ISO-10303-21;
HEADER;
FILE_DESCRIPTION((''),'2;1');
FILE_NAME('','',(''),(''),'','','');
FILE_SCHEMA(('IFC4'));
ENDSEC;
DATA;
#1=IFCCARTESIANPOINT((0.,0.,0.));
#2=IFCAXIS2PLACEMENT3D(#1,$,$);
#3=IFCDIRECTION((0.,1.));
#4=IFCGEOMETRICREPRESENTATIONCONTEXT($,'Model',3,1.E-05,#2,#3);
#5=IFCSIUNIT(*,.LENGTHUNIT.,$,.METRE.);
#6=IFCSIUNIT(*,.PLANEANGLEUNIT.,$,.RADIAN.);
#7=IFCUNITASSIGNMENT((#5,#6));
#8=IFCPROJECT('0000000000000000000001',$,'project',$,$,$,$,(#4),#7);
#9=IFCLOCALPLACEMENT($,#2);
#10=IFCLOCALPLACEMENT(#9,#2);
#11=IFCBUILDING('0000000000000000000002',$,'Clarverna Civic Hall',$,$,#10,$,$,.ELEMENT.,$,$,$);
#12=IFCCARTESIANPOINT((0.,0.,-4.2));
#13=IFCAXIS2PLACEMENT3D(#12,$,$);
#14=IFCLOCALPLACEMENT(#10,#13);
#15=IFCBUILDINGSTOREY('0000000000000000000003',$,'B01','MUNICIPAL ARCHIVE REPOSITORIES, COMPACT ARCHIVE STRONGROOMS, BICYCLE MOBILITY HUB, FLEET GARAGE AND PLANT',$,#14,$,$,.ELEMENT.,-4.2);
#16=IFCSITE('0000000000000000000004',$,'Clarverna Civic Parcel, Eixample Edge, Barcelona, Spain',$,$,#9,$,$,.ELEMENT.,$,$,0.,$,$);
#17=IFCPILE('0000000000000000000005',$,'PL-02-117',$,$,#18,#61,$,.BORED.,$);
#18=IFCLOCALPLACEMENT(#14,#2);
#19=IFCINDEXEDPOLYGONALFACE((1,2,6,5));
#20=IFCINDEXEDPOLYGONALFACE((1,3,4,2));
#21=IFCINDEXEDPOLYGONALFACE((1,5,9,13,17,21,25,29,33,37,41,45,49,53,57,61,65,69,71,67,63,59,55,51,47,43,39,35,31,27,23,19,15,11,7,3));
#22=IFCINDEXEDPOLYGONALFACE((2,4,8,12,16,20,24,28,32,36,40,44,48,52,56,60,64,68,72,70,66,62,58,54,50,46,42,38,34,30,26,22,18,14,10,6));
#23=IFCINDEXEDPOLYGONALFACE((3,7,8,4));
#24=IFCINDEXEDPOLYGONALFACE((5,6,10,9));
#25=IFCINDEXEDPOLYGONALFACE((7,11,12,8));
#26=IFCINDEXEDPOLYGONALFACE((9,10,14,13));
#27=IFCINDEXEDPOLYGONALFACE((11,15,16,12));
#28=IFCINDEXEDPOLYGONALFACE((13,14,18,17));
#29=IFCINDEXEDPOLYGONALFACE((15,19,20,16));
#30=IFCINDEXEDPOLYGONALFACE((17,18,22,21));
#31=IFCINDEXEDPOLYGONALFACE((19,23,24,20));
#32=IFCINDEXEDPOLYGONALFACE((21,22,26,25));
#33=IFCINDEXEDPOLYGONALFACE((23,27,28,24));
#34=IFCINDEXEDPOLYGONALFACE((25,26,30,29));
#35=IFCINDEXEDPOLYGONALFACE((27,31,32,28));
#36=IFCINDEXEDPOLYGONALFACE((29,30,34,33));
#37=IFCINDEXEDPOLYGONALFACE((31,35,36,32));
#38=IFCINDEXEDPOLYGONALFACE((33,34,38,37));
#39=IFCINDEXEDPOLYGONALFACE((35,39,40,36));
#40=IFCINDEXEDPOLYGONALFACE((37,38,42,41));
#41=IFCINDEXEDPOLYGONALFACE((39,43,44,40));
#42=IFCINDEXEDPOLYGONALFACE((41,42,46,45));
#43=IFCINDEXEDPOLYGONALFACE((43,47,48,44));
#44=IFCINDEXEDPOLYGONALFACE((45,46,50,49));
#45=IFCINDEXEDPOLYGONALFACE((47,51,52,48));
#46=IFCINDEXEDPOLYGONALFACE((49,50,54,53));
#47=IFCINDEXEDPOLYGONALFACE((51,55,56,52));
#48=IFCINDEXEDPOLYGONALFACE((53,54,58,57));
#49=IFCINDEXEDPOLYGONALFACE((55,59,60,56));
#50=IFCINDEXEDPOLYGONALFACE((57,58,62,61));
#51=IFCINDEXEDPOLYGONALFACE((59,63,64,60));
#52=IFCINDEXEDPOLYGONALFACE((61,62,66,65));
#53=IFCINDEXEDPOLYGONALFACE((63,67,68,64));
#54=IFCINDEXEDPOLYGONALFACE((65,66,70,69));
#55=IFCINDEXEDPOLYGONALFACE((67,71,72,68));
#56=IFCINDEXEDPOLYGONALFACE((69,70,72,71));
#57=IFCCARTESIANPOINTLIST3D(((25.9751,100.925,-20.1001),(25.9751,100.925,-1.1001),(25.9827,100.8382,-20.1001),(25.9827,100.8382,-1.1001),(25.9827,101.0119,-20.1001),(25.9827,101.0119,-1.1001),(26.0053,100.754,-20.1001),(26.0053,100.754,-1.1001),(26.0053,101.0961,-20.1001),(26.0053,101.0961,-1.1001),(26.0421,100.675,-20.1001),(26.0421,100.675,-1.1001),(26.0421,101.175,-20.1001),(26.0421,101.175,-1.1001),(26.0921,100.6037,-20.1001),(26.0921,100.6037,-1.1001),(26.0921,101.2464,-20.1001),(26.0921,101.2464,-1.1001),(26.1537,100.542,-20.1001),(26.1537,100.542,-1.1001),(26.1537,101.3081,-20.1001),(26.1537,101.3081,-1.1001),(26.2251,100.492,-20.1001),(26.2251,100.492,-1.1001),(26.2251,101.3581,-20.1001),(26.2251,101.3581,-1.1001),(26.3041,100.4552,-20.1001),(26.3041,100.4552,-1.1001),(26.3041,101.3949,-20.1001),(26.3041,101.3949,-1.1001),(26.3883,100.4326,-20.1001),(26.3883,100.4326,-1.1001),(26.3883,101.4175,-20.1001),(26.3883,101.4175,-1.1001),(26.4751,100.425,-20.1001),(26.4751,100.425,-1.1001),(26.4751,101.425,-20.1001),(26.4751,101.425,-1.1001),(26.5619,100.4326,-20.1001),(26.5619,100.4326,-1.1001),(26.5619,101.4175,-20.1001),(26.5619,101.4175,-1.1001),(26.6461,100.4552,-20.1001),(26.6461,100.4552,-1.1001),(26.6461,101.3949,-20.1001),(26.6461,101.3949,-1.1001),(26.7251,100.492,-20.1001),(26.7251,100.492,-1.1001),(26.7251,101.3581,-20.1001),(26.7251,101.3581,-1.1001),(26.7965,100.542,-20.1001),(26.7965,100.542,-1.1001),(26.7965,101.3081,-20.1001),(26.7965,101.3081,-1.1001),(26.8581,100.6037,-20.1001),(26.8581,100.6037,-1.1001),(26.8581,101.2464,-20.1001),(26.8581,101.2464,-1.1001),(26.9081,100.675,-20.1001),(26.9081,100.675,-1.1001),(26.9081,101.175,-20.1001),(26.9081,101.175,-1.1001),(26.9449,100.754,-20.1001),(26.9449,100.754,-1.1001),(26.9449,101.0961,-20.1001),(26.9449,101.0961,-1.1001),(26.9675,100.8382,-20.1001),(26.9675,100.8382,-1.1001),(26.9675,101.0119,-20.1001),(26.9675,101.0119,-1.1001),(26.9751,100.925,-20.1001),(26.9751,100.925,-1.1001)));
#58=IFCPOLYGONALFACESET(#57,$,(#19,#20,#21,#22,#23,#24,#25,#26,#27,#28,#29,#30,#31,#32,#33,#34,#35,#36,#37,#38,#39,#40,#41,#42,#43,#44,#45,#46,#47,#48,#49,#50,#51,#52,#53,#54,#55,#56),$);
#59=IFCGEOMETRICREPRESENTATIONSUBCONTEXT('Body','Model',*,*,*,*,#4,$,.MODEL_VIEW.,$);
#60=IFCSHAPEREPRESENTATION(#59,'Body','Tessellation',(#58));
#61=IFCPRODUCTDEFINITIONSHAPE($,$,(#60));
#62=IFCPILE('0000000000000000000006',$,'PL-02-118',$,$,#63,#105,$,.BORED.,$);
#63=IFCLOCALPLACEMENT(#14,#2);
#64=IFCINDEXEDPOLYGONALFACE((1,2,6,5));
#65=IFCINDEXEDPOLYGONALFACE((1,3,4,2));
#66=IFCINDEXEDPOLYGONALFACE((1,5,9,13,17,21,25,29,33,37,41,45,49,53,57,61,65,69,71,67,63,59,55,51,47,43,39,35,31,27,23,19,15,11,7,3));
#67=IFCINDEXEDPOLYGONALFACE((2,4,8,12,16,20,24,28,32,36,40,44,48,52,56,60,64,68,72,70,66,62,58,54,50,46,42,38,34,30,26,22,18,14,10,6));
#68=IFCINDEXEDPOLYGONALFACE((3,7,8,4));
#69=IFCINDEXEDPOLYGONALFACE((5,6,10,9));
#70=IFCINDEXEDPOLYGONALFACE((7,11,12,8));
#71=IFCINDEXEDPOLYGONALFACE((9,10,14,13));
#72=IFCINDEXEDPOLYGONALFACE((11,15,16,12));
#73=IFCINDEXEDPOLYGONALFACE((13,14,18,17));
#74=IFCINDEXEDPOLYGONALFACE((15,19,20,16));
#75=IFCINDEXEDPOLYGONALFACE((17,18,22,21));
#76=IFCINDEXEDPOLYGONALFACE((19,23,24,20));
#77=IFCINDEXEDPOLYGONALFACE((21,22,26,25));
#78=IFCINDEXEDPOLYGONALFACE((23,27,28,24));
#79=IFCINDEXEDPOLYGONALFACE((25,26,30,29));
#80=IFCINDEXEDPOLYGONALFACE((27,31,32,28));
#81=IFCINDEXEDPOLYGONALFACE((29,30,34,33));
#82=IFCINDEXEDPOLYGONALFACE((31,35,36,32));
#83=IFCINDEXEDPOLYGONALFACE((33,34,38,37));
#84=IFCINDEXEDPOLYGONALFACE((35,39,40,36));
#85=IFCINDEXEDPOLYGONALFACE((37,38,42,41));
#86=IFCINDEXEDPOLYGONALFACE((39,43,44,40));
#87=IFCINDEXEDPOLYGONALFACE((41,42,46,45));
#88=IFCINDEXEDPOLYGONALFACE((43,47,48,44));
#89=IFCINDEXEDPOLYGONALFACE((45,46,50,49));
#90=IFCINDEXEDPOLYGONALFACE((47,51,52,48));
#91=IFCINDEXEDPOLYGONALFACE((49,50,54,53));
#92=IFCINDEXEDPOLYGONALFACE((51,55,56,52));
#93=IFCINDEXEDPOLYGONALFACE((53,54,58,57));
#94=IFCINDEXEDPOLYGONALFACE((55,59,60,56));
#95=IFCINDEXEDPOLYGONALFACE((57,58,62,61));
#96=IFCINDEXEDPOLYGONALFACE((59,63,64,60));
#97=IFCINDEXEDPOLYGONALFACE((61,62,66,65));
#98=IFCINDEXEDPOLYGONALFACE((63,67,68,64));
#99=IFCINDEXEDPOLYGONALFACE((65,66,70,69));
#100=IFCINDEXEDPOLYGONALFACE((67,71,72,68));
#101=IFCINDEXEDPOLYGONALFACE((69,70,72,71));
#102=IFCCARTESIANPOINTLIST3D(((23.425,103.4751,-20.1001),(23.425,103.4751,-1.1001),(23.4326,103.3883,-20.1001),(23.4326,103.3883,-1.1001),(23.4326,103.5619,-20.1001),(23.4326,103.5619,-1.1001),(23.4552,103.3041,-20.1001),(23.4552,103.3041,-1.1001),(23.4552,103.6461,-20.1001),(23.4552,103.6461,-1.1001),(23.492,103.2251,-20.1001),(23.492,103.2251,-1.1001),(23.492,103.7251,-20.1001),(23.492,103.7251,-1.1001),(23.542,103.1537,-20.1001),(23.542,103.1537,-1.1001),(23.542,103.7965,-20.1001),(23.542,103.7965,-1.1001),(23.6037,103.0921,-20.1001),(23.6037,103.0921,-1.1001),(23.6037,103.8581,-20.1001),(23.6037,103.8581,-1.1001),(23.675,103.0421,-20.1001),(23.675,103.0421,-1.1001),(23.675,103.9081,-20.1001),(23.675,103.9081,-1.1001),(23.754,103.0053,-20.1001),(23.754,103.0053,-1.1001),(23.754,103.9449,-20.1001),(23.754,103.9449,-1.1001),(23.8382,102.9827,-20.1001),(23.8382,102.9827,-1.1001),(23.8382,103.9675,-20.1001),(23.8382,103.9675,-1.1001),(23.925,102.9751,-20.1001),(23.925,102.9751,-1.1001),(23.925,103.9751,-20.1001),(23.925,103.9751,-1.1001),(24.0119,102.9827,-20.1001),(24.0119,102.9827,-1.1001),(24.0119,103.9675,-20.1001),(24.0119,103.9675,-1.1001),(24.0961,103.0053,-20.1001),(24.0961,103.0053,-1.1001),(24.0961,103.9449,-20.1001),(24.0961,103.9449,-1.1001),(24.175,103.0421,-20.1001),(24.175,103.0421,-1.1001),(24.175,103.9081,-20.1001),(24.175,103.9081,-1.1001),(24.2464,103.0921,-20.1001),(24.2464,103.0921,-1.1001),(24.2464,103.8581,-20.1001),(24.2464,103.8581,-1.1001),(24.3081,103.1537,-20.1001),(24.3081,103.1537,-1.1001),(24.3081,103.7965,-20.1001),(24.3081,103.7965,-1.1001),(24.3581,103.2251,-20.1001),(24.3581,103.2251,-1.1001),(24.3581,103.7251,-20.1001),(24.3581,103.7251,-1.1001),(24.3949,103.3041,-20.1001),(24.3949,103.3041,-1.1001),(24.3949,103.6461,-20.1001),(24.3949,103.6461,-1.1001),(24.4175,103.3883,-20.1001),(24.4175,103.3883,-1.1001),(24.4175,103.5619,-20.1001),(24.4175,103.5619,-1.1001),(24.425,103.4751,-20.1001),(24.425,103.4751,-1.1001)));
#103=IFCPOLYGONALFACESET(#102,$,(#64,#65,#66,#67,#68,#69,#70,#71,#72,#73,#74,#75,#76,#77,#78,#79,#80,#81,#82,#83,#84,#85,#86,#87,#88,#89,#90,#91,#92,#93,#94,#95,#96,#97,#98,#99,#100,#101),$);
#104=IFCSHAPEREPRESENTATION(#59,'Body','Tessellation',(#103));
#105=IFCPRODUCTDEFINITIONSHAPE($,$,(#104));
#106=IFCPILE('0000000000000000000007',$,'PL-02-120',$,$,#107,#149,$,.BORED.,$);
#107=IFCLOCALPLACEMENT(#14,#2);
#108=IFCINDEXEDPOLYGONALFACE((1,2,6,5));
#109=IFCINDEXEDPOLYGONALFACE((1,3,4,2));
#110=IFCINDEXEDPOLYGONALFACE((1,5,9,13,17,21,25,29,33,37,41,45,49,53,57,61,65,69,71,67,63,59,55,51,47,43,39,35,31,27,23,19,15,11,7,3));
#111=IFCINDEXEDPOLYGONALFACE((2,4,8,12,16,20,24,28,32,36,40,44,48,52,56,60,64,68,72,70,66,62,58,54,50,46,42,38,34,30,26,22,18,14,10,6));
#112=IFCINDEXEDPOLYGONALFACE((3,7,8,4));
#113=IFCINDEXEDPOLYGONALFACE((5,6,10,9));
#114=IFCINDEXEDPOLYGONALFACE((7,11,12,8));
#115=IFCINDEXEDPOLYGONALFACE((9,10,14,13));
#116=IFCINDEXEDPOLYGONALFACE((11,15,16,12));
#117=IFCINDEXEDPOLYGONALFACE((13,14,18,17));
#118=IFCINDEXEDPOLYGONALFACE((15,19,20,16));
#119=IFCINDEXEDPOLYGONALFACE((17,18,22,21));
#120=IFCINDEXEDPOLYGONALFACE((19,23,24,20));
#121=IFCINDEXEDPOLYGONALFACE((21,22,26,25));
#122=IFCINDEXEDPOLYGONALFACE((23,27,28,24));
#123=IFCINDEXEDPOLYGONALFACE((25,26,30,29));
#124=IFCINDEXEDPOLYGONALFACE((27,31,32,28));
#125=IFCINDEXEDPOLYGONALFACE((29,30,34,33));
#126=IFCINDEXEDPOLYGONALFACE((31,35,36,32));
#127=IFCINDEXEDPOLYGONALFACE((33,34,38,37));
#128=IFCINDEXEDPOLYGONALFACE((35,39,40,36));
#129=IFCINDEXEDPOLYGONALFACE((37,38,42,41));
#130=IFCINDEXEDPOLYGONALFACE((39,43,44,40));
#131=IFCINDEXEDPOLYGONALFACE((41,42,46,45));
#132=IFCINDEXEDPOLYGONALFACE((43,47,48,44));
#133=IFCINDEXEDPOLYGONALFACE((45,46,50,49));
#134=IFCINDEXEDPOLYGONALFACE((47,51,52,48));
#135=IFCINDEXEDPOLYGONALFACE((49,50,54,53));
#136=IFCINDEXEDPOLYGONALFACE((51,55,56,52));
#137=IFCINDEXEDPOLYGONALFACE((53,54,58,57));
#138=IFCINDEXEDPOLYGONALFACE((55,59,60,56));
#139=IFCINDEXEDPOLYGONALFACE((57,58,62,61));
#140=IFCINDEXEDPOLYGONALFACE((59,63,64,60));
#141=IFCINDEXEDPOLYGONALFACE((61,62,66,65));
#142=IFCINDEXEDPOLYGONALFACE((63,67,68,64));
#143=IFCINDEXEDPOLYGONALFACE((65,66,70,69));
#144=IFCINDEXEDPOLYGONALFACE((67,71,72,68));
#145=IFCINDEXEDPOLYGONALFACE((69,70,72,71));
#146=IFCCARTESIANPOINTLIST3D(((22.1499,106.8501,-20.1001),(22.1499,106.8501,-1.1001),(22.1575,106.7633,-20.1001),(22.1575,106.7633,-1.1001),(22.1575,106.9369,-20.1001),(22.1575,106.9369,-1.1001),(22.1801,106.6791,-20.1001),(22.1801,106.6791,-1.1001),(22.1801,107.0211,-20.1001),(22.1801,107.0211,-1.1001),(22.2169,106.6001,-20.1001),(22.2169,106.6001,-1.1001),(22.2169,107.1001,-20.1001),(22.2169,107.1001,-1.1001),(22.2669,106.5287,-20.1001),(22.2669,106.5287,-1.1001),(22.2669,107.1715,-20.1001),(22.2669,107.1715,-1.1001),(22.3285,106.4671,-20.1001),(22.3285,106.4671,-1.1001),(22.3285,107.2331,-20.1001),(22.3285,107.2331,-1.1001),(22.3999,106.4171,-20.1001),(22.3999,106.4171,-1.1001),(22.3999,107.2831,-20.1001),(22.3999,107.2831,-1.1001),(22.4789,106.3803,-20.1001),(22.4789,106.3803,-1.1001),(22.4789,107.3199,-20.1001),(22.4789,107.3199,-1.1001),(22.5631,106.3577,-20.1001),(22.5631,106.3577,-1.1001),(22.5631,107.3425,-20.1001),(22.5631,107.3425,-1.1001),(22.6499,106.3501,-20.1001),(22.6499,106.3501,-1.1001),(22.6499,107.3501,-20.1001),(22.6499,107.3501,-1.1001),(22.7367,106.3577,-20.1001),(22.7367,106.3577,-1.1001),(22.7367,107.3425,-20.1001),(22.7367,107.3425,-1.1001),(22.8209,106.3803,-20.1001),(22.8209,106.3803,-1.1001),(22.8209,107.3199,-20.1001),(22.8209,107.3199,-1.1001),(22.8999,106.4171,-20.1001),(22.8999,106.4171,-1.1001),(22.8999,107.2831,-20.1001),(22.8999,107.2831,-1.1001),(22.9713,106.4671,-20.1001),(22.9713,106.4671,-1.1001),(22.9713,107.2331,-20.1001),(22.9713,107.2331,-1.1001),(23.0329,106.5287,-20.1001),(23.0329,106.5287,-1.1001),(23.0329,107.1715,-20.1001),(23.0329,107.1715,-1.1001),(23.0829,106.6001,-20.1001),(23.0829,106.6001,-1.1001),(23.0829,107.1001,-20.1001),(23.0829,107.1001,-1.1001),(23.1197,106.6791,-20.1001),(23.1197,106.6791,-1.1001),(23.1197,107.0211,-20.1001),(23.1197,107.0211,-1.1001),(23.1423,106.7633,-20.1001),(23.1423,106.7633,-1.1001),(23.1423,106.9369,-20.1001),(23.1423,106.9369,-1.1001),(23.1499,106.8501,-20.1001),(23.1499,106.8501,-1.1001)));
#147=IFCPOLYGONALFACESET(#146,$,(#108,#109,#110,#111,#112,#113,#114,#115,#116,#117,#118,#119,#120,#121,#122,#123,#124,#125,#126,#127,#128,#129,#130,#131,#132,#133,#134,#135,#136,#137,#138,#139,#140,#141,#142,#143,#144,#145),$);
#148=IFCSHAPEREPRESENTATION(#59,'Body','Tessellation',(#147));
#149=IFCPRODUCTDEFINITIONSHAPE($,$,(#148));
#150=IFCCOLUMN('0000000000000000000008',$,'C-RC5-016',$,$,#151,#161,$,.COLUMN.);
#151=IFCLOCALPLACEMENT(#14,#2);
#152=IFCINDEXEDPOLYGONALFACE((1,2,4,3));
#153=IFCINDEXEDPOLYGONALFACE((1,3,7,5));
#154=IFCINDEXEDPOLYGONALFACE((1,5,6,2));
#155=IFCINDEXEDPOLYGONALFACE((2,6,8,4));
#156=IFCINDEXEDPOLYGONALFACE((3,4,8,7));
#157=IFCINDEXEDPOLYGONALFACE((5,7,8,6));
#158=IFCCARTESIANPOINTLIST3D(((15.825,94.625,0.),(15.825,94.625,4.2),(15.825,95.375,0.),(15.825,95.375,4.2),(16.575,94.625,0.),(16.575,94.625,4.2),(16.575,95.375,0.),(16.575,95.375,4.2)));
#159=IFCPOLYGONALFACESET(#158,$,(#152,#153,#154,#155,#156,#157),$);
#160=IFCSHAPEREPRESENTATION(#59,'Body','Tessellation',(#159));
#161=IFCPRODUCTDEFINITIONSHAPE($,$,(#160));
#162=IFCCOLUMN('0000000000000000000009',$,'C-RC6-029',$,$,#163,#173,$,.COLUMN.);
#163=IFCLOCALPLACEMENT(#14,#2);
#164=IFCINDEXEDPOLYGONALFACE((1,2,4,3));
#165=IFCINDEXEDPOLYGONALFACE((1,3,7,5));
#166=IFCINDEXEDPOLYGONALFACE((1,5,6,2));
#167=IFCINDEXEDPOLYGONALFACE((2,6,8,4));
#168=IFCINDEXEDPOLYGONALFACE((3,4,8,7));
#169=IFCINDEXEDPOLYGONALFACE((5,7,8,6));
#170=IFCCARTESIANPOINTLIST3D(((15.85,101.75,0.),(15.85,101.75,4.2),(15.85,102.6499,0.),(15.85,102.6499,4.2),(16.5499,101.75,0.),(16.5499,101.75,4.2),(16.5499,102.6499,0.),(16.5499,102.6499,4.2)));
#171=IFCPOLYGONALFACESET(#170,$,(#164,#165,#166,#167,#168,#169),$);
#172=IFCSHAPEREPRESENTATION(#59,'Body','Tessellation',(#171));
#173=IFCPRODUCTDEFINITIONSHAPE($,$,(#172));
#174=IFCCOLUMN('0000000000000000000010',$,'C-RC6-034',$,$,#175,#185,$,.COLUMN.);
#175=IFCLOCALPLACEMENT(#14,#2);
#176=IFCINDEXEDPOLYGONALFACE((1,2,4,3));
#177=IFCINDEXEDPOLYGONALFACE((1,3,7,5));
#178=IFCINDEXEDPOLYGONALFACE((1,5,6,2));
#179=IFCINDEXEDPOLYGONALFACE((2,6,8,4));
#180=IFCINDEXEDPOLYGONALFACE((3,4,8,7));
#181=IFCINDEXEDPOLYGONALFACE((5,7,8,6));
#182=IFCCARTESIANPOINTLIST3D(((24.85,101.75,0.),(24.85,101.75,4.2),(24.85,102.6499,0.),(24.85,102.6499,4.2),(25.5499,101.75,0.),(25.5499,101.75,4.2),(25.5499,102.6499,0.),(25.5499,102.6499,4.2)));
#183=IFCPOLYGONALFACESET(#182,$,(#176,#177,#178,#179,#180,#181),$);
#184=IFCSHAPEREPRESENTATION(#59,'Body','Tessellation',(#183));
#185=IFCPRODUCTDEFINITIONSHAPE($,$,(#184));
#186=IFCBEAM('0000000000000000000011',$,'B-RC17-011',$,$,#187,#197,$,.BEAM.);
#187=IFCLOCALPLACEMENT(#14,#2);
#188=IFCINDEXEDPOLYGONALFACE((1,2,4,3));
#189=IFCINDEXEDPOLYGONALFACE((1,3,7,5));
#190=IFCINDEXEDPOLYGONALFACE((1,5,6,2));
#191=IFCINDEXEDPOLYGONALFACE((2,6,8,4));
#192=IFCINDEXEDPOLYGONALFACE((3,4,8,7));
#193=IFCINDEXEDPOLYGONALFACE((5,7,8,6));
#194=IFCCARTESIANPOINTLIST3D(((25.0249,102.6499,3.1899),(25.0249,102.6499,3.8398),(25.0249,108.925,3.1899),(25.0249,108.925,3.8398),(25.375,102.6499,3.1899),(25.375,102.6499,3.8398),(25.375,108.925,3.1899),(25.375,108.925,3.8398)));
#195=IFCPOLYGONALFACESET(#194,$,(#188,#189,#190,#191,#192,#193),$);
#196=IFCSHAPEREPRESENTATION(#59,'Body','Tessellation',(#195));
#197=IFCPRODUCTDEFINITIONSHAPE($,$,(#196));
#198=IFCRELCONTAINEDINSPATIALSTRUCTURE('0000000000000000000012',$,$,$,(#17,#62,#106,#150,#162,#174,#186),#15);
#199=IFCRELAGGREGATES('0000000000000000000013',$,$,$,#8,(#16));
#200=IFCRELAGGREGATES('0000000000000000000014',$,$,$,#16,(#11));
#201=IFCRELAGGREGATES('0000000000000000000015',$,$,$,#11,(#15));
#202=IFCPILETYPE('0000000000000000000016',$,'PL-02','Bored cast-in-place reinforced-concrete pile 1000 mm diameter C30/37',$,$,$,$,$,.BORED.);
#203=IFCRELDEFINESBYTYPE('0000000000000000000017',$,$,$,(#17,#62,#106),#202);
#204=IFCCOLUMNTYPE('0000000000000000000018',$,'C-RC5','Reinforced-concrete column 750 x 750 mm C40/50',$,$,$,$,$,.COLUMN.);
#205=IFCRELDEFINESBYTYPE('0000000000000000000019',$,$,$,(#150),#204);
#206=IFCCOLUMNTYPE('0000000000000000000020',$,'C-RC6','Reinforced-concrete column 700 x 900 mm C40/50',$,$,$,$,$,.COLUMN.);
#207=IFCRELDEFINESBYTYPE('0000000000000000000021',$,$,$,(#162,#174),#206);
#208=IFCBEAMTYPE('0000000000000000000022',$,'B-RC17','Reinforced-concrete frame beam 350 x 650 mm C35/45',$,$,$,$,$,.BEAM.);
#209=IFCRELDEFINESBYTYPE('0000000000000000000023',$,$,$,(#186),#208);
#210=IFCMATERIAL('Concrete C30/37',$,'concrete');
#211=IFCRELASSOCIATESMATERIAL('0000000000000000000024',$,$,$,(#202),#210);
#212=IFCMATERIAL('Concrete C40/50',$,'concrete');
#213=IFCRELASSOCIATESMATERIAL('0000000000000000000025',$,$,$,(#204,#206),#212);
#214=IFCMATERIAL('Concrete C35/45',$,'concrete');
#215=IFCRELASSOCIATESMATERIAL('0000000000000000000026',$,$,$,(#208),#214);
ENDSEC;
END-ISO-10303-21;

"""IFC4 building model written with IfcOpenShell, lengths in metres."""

from ifc_helpers import new_model, si_unit, direction, frame, origin, origin_2d, place, context, subcontext, project, spatial, rectangle, circle, extrude, material, material_profile, profile_set, type_object, element, save


model = new_model("IFC4")

# Units and contexts
model_context = context("Model", 3, precision=1e-05, world=origin(), true_north=direction((0.0, 1.0)))
body_context = subcontext(model_context, "Body", "Model", "MODEL_VIEW")
ifc_project = project(units=[si_unit("LENGTHUNIT", "METRE"), si_unit("PLANEANGLEUNIT", "RADIAN")], contexts=[model_context])

# Site, building, storey
site_placement = place(None, origin())
site = spatial("IfcSite", under=ifc_project, at=site_placement, Name="Clarverna Civic Parcel, Eixample Edge, Barcelona, Spain", CompositionType="ELEMENT", RefElevation=0.0)
building_placement = place(site_placement, origin())
building = spatial("IfcBuilding", under=site, at=building_placement, Name="Clarverna Civic Hall", CompositionType="ELEMENT")
storey_placement = place(building_placement, frame((0.0, 0.0, -4.2)))
storey = spatial("IfcBuildingStorey", under=building, at=storey_placement, Name="B01", Description="MUNICIPAL ARCHIVE REPOSITORIES, COMPACT ARCHIVE STRONGROOMS, BICYCLE MOBILITY HUB, FLEET GARAGE AND PLANT", CompositionType="ELEMENT", Elevation=-4.2)

# Shared definitions
ifc_material_1 = material(Name="Concrete C30/37", Category="concrete")

# Piles
ifc_material_profile_1 = material_profile(ifc_material_1, circle(Radius=0.5, at=origin_2d()), Name="BORED PILE D1000")
ifc_profile_set_1 = profile_set([ifc_material_profile_1], Name="Concrete C30/37")
pile_type_1 = type_object("IfcPileType", Name="PL-02", Description="Bored cast-in-place reinforced-concrete pile 1000 mm diameter C30/37", PredefinedType="BORED", material=ifc_profile_set_1)
for number, where, z_axis, x_axis, name in (
    (1, (26.4751, 100.925, -1.1001), (0.0, 0.0, -1.0), (1.0, 0.0, 0.0), "PL-02-117"),
    (2, (23.925, 103.4751, -1.1001), (0.0, 0.0, -1.0), (1.0, 0.0, 0.0), "PL-02-118"),
    (3, (22.6499, 106.8501, -1.1001), (0.0, 0.0, -1.0), (1.0, 0.0, 0.0), "PL-02-120"),
):
    element("IfcPile", number, at=place(storey_placement, frame(where, z_axis=z_axis, x_axis=x_axis)), inside=storey, type_object=pile_type_1, Name=name, PredefinedType="BORED", context=body_context, shape_type="SweptSolid", body=[
        extrude(circle(Radius=0.5, at=origin_2d()), origin(), (0.0, 0.0, 1.0), 19.0),
    ])

# Columns
ifc_material_2 = material(Name="Concrete C40/50", Category="concrete")
ifc_material_profile_2 = material_profile(ifc_material_2, rectangle(XDim=0.75, YDim=0.75, at=origin_2d()), Name="RC 750x750")
ifc_profile_set_2 = profile_set([ifc_material_profile_2], Name="Concrete C40/50")
column_type_1 = type_object("IfcColumnType", Name="C-RC5", Description="Reinforced-concrete column 750 x 750 mm C40/50", PredefinedType="COLUMN", material=ifc_profile_set_2)
column_placement = place(storey_placement, frame((16.2, 95.0, 0.0), z_axis=(0.0, 0.0, 1.0), x_axis=(1.0, 0.0, 0.0)))
element("IfcColumn", 4, at=column_placement, inside=storey, type_object=column_type_1, Name="C-RC5-016", PredefinedType="COLUMN", context=body_context, shape_type="SweptSolid", body=[
    extrude(rectangle(XDim=0.75, YDim=0.75, at=origin_2d()), origin(), (0.0, 0.0, 1.0), 4.2),
])
ifc_material_profile_3 = material_profile(ifc_material_2, rectangle(XDim=0.7, YDim=0.8999, at=origin_2d()), Name="RC 700x900")
ifc_profile_set_3 = profile_set([ifc_material_profile_3], Name="Concrete C40/50")
column_type_2 = type_object("IfcColumnType", Name="C-RC6", Description="Reinforced-concrete column 700 x 900 mm C40/50", PredefinedType="COLUMN", material=ifc_profile_set_3)
for number, where, z_axis, x_axis, name in (
    (5, (16.2, 102.2, 0.0), (0.0, 0.0, 1.0), (1.0, 0.0, 0.0), "C-RC6-029"),
    (6, (25.2, 102.2, 0.0), (0.0, 0.0, 1.0), (1.0, 0.0, 0.0), "C-RC6-034"),
):
    element("IfcColumn", number, at=place(storey_placement, frame(where, z_axis=z_axis, x_axis=x_axis)), inside=storey, type_object=column_type_2, Name=name, PredefinedType="COLUMN", context=body_context, shape_type="SweptSolid", body=[
        extrude(rectangle(XDim=0.7, YDim=0.8999, at=origin_2d()), origin(), (0.0, 0.0, 1.0), 4.2),
    ])

# Beam
ifc_material_3 = material(Name="Concrete C35/45", Category="concrete")
ifc_material_profile_4 = material_profile(ifc_material_3, rectangle(XDim=0.3501, YDim=0.6499, at=origin_2d()), Name="RC 350x650")
ifc_profile_set_4 = profile_set([ifc_material_profile_4], Name="Concrete C35/45")
beam_type_1 = type_object("IfcBeamType", Name="B-RC17", Description="Reinforced-concrete frame beam 350 x 650 mm C35/45", PredefinedType="BEAM", material=ifc_profile_set_4)
beam_1_placement = place(storey_placement, frame((25.2, 102.6499, 3.5149), z_axis=(0.0, 1.0, 0.0), x_axis=(-1.0, 0.0, 0.0)))
element("IfcBeam", 7, at=beam_1_placement, inside=storey, type_object=beam_type_1, Name="B-RC17-011", PredefinedType="BEAM", context=body_context, shape_type="SweptSolid", body=[
    extrude(rectangle(XDim=0.3501, YDim=0.6499, at=origin_2d()), origin(), (0.0, 0.0, 1.0), 6.2751),
])

save(model, "model.ifc")
